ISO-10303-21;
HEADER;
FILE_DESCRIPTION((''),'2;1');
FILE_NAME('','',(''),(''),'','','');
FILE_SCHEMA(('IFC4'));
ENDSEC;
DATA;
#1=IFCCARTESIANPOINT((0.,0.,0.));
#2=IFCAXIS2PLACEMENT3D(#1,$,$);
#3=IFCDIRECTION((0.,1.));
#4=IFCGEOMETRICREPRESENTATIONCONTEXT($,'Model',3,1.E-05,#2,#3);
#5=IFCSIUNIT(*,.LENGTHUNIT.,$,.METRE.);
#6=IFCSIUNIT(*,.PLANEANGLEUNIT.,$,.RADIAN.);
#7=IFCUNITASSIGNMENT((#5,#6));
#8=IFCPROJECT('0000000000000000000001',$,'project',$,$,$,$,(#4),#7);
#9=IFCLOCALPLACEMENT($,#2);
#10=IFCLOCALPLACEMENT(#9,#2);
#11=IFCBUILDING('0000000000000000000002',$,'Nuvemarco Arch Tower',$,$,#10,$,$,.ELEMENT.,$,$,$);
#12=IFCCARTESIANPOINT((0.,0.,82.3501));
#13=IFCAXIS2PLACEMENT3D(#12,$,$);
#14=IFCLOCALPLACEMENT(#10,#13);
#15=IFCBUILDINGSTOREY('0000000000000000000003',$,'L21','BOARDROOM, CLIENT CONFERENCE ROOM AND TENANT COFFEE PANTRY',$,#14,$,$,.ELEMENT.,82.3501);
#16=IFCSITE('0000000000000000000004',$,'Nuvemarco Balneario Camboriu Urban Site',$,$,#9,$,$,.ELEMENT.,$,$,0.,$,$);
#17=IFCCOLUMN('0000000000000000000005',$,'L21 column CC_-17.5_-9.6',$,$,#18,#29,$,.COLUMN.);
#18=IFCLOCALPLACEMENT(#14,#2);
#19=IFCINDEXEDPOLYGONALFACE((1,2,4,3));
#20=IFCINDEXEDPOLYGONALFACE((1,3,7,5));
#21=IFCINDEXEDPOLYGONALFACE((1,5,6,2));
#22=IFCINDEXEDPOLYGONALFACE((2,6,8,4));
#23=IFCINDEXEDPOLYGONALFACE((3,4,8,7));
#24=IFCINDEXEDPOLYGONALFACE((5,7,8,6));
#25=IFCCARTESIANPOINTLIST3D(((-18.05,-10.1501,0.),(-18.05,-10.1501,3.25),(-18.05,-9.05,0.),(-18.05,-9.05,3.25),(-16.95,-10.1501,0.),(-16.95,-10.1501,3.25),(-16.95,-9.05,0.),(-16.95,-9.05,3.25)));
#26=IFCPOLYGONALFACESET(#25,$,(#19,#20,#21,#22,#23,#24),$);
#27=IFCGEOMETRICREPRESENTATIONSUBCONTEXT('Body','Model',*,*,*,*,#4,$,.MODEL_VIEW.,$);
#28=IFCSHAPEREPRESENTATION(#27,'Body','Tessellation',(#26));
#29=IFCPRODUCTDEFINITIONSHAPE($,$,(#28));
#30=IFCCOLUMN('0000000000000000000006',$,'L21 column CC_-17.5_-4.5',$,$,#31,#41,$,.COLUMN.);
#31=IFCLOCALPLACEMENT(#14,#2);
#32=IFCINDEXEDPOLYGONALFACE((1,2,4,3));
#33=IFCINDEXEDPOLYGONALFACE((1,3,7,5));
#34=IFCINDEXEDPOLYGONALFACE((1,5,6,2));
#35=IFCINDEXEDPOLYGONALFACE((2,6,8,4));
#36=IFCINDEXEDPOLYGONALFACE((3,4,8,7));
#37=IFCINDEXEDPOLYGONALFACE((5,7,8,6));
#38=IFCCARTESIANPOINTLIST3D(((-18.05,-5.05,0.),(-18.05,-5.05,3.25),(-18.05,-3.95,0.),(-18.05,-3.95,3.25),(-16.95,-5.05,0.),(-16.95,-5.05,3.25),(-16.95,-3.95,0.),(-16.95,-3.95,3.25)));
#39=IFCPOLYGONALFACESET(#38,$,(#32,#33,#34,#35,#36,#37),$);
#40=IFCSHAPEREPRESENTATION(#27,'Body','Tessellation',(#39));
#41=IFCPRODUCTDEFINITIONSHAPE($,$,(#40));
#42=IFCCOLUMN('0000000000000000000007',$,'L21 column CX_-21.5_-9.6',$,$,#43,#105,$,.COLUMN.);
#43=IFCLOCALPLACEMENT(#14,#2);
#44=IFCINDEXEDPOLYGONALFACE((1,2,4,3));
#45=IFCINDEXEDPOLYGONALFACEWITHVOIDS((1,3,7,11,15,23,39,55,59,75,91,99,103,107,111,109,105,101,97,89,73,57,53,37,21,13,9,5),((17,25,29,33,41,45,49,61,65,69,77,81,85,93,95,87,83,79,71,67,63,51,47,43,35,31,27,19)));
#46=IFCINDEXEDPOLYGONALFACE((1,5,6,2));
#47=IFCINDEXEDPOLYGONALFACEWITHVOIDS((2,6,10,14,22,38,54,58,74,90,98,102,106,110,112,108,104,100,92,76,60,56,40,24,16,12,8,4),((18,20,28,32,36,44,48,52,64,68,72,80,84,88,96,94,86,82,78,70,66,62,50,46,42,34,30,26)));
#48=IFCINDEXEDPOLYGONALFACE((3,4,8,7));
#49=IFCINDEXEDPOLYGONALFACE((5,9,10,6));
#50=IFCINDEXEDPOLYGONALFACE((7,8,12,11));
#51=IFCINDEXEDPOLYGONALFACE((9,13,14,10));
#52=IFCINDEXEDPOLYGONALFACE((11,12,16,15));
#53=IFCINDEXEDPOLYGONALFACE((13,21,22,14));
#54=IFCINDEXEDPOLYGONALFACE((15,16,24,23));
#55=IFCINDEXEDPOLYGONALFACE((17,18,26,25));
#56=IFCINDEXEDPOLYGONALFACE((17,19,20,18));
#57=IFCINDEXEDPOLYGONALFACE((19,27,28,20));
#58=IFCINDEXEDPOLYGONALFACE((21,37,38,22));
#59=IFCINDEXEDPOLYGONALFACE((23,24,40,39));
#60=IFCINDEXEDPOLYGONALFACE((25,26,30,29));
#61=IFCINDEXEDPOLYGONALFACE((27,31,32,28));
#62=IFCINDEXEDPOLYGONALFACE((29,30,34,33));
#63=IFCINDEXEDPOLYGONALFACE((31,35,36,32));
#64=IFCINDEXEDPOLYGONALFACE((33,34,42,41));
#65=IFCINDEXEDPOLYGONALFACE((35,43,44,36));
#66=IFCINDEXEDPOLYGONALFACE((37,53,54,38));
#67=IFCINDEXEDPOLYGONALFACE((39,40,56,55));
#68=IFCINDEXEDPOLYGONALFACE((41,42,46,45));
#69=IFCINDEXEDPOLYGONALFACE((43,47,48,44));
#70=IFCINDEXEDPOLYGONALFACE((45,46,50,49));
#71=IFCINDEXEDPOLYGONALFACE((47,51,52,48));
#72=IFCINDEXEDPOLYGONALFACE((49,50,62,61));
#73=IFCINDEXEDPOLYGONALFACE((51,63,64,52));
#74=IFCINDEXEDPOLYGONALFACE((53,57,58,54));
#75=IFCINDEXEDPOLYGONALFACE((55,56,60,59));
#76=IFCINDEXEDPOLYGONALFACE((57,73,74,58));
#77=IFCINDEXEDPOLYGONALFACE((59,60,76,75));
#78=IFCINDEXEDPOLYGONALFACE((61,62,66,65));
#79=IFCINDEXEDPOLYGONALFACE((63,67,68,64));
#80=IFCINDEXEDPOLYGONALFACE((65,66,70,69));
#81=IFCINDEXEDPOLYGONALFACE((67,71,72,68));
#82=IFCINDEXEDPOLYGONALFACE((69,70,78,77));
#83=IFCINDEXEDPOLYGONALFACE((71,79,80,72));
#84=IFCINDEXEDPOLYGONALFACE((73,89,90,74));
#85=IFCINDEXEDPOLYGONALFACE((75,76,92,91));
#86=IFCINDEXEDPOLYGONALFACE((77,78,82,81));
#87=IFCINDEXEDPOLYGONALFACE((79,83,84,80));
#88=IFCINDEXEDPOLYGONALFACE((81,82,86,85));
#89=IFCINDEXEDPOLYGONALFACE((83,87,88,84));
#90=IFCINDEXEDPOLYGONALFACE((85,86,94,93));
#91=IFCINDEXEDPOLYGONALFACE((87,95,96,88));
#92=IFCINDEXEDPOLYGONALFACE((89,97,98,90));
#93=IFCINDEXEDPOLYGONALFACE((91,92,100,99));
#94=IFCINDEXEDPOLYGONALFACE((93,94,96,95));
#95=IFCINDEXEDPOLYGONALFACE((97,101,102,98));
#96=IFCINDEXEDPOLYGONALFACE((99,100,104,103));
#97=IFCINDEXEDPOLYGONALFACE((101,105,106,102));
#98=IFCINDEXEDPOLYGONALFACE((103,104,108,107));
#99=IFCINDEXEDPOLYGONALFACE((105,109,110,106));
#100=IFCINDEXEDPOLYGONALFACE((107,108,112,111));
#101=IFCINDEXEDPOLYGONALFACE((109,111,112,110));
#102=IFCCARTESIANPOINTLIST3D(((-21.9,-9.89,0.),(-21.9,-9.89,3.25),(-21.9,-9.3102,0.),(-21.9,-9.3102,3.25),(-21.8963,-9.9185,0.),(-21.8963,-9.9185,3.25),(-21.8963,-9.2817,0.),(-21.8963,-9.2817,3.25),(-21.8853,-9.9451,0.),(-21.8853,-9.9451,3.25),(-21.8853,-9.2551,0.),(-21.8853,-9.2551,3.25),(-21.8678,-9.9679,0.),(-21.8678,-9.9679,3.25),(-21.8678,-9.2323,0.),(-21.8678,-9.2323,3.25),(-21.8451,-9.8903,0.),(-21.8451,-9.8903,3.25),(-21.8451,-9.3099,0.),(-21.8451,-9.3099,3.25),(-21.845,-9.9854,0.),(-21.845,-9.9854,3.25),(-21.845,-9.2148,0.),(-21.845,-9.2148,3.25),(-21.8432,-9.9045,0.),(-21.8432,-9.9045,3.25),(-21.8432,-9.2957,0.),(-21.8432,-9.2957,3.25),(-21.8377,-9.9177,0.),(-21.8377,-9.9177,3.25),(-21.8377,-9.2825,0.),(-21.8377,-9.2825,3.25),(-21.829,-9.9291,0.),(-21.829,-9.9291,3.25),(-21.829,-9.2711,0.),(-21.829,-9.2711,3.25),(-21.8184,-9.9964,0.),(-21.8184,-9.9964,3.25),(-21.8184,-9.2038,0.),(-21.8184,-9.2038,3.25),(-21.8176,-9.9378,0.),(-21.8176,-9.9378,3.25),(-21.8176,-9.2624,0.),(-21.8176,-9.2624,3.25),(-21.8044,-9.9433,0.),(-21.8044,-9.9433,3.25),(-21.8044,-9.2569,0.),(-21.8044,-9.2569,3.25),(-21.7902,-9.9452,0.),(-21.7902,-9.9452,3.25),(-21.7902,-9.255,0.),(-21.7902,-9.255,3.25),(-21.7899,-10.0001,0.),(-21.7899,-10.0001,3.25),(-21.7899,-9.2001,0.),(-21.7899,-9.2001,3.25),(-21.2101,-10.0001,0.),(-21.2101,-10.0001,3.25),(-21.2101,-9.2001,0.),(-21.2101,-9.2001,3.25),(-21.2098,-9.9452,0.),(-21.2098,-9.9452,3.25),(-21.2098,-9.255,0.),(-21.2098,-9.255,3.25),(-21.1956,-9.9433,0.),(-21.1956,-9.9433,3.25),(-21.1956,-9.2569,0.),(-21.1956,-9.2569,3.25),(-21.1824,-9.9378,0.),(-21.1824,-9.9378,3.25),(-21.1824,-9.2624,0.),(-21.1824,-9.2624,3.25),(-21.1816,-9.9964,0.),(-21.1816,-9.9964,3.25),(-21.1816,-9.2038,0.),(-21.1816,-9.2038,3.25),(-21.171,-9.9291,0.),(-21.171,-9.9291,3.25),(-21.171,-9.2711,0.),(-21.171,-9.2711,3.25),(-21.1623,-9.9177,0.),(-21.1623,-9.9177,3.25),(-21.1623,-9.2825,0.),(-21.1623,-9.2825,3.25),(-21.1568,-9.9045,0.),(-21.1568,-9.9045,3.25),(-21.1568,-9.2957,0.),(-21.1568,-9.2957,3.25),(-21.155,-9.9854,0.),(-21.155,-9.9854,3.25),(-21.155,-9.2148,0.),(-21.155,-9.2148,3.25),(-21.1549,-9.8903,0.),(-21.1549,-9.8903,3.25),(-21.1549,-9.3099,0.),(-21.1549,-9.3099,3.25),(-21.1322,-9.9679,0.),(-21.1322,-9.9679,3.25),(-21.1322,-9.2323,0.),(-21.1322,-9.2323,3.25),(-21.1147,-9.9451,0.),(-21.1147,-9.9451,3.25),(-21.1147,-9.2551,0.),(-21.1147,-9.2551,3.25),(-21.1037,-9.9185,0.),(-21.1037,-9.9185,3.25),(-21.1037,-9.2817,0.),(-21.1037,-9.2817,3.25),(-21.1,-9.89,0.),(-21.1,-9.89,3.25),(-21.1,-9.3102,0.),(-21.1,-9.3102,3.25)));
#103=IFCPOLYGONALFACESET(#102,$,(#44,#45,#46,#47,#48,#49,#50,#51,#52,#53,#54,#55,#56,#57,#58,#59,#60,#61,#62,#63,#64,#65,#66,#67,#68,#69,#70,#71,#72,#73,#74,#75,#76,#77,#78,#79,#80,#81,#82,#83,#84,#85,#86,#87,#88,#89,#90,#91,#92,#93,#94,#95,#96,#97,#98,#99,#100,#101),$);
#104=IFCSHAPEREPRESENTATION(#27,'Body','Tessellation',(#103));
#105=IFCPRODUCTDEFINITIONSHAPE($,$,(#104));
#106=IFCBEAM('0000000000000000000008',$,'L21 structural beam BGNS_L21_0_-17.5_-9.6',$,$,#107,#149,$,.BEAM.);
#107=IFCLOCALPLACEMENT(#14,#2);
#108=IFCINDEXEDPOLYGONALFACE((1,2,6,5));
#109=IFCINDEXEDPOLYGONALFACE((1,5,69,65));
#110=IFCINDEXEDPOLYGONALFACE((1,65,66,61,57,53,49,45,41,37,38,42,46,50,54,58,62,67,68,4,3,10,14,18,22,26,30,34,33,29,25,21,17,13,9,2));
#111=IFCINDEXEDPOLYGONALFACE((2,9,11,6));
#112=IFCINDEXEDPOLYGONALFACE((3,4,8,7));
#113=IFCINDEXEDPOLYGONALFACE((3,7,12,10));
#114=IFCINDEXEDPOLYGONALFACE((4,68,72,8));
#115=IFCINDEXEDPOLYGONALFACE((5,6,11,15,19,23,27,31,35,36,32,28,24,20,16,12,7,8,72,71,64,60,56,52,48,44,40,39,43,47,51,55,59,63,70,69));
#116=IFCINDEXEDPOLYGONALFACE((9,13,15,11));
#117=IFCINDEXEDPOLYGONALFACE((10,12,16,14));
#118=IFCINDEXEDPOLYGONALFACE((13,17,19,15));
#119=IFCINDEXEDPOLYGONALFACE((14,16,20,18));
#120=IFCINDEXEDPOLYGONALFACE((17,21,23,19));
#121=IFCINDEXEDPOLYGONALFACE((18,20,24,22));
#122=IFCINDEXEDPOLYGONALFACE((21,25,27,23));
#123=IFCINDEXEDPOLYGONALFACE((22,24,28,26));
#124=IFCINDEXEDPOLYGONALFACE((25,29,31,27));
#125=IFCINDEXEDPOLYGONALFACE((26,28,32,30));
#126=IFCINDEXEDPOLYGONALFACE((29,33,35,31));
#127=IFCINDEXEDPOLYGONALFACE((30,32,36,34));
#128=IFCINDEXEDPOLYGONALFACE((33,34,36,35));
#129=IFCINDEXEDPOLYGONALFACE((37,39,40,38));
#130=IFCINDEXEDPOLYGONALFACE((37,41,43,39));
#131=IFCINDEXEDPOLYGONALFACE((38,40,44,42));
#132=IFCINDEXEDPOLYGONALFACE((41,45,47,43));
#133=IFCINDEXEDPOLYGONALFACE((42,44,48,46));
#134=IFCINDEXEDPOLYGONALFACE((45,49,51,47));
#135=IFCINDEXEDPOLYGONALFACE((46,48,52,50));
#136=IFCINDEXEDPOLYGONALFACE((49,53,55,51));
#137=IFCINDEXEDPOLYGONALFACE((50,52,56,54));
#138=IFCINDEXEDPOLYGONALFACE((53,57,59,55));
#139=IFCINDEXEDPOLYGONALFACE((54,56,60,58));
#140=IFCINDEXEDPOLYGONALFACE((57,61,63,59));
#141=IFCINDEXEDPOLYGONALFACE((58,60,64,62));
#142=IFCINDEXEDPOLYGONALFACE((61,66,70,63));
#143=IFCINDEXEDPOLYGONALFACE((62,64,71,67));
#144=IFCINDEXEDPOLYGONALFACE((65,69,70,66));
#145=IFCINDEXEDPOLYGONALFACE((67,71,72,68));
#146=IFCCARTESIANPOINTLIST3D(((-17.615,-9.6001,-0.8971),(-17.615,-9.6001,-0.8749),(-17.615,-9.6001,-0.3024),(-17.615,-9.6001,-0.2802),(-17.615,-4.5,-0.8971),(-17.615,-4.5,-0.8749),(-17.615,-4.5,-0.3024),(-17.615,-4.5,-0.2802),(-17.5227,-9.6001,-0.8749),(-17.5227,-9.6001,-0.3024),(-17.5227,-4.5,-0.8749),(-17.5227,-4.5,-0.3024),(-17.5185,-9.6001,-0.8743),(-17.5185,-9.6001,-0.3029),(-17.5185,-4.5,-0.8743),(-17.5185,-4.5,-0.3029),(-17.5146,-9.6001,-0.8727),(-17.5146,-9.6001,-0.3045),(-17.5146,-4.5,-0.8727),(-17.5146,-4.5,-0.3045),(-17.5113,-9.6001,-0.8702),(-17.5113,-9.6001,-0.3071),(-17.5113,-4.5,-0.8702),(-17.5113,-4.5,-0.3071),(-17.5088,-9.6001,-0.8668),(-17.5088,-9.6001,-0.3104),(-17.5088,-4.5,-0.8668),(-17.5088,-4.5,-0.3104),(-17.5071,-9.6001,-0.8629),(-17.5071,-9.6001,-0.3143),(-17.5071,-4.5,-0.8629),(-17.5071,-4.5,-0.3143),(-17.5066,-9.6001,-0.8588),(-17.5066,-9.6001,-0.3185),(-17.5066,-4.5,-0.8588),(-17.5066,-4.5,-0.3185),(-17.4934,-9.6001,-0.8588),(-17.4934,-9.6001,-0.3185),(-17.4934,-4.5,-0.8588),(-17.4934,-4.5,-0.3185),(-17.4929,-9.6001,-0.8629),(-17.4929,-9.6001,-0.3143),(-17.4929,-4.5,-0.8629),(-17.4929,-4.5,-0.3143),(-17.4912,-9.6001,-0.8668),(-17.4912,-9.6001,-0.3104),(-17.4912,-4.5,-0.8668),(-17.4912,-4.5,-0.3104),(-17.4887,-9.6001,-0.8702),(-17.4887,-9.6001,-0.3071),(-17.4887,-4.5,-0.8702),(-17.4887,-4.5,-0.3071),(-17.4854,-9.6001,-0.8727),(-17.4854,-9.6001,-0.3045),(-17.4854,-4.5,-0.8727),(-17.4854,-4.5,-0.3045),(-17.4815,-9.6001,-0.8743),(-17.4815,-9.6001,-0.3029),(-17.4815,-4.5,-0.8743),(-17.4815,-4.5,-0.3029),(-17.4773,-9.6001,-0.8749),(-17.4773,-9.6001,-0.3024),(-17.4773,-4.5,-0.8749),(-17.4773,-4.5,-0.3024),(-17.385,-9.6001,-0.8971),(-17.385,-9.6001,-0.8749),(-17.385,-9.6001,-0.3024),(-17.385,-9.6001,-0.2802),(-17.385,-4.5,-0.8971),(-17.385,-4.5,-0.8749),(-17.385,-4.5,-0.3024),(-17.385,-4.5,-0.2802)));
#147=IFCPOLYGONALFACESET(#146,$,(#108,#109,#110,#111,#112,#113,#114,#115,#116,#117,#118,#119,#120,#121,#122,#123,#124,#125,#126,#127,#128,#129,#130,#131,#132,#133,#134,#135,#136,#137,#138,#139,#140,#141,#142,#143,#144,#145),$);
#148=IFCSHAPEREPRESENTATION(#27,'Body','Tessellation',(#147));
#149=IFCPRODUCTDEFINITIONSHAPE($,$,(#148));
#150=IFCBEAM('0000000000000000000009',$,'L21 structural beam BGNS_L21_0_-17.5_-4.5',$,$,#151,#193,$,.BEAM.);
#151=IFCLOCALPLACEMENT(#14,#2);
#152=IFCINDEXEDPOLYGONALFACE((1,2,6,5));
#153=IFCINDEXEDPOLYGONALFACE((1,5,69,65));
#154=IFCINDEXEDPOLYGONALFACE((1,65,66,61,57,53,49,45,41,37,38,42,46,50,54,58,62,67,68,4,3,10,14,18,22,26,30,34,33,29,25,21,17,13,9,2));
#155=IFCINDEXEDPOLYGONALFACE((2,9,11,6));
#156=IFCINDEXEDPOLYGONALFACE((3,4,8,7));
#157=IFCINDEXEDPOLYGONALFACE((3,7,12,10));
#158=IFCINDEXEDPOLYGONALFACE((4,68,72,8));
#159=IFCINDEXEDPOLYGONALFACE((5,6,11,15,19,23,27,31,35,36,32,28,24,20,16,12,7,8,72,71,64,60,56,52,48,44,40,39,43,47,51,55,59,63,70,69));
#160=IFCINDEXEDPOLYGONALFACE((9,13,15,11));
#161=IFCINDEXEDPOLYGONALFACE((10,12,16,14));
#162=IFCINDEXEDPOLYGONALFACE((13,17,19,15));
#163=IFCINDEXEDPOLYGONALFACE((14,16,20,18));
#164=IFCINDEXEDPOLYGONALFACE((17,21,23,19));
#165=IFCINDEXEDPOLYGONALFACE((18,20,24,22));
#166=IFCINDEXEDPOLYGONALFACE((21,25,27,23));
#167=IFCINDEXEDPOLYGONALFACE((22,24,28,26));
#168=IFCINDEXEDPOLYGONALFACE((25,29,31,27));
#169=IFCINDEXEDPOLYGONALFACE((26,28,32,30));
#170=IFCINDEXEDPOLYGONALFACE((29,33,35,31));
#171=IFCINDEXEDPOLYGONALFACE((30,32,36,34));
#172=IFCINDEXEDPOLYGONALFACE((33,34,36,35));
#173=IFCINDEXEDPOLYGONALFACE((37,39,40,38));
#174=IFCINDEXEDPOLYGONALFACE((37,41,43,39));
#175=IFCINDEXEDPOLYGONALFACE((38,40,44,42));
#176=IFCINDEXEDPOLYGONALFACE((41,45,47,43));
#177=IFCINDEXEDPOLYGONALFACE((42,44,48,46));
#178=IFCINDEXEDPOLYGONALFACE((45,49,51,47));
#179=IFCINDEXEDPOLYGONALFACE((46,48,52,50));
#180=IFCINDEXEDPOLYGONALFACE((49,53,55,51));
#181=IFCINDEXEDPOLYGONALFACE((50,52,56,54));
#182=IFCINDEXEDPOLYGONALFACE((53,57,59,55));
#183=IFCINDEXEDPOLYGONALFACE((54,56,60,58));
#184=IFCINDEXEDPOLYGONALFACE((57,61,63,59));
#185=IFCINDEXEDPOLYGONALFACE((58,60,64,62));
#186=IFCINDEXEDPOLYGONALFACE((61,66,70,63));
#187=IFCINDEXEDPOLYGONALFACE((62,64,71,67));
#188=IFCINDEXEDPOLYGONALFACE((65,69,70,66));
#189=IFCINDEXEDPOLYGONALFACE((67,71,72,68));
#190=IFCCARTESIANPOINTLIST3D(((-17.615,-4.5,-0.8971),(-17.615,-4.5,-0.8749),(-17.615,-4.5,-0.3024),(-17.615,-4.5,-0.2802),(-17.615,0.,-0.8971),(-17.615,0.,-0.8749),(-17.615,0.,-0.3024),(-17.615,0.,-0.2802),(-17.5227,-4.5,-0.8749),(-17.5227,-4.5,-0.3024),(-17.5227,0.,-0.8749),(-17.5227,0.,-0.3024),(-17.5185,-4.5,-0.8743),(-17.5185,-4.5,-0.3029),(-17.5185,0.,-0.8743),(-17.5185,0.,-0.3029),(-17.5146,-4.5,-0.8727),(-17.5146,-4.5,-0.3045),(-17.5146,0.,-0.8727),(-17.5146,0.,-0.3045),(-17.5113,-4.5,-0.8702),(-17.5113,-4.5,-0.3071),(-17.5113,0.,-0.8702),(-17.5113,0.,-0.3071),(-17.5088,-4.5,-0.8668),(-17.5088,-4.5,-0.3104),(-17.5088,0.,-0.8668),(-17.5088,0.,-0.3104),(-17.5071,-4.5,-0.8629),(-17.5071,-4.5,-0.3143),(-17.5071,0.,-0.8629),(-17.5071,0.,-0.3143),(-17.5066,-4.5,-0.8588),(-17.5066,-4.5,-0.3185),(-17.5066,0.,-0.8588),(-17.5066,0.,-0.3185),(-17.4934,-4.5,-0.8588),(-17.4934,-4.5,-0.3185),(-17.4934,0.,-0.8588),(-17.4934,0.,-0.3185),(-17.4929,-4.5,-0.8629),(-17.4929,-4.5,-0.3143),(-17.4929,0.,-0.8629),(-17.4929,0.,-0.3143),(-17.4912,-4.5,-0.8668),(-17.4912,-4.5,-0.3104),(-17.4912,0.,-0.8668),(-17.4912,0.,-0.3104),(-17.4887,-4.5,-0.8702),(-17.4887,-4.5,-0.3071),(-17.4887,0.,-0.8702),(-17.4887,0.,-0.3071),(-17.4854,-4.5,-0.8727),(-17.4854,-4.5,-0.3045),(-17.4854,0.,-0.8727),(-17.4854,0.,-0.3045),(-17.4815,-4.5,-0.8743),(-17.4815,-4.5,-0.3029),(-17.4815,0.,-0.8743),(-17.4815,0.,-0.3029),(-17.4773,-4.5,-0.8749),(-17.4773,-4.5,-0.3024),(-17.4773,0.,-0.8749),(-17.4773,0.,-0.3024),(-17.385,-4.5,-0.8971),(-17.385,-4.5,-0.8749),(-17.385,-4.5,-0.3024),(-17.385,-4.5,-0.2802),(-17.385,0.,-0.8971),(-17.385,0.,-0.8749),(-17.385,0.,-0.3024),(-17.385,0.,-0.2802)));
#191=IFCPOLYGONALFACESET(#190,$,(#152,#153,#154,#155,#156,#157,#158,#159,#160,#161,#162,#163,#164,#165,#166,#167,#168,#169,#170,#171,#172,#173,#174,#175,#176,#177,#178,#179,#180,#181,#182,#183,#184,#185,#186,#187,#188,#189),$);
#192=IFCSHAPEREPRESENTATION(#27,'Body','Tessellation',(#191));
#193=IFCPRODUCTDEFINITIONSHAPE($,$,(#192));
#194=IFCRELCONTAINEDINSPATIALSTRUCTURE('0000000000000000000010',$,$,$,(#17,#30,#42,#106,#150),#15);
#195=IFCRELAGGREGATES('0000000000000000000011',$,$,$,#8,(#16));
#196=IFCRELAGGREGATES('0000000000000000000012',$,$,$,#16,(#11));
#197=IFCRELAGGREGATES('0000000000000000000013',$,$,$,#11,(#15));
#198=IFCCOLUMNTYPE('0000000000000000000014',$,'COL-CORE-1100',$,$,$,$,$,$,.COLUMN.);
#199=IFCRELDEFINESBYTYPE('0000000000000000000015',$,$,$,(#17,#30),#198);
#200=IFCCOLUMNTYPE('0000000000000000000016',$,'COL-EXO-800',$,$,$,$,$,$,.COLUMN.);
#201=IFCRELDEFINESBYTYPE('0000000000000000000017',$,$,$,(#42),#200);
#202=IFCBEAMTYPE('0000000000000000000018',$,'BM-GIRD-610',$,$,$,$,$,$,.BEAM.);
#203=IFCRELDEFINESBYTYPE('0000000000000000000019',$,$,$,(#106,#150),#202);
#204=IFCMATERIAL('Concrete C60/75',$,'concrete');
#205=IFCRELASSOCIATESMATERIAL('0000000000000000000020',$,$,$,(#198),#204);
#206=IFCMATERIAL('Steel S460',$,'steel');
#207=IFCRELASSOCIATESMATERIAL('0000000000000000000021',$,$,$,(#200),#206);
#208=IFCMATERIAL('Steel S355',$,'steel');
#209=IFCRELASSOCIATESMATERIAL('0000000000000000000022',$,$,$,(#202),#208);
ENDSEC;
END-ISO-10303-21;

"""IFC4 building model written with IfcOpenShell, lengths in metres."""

from ifc_helpers import new_model, si_unit, direction, frame, origin, origin_2d, place, context, subcontext, project, spatial, rectangle, hollow_rectangle, i_section, extrude, material, material_profile, profile_set, type_object, element, save


model = new_model("IFC4")

# Units and contexts
model_context = context("Model", 3, precision=1e-05, world=origin(), true_north=direction((0.0, 1.0)))
body_context = subcontext(model_context, "Body", "Model", "MODEL_VIEW")
ifc_project = project(units=[si_unit("LENGTHUNIT", "METRE"), si_unit("PLANEANGLEUNIT", "RADIAN")], contexts=[model_context])

# Site, building, storey
site_placement = place(None, origin())
site = spatial("IfcSite", under=ifc_project, at=site_placement, Name="Nuvemarco Balneario Camboriu Urban Site", CompositionType="ELEMENT", RefElevation=0.0)
building_placement = place(site_placement, origin())
building = spatial("IfcBuilding", under=site, at=building_placement, Name="Nuvemarco Arch Tower", CompositionType="ELEMENT")
storey_placement = place(building_placement, frame((0.0, 0.0, 82.3501)))
storey = spatial("IfcBuildingStorey", under=building, at=storey_placement, Name="L21", Description="BOARDROOM, CLIENT CONFERENCE ROOM AND TENANT COFFEE PANTRY", CompositionType="ELEMENT", Elevation=82.3501)

# Columns
ifc_material_1 = material(Name="Concrete C60/75", Category="concrete")
ifc_material_profile_1 = material_profile(ifc_material_1, rectangle(XDim=1.1001, YDim=1.1001, at=origin_2d()), Name="RC-COL-1100x1100")
ifc_profile_set_1 = profile_set([ifc_material_profile_1], Name="Concrete C60/75")
column_type_1 = type_object("IfcColumnType", Name="COL-CORE-1100", PredefinedType="COLUMN", material=ifc_profile_set_1)
for number, where, z_axis, x_axis, name in (
    (1, (-17.5, -9.6001, 0.0), (0.0, 0.0, 1.0), (1.0, 0.0, 0.0), "L21 column CC_-17.5_-9.6"),
    (2, (-17.5, -4.5, 0.0), (0.0, 0.0, 1.0), (1.0, 0.0, 0.0), "L21 column CC_-17.5_-4.5"),
):
    element("IfcColumn", number, at=place(storey_placement, frame(where, z_axis=z_axis, x_axis=x_axis)), inside=storey, type_object=column_type_1, Name=name, PredefinedType="COLUMN", context=body_context, shape_type="SweptSolid", body=[
        extrude(rectangle(XDim=1.1001, YDim=1.1001, at=origin_2d()), origin(), (0.0, 0.0, 1.0), 3.25),
    ])
ifc_material_2 = material(Name="Steel S460", Category="steel")
ifc_material_profile_2 = material_profile(ifc_material_2, hollow_rectangle(XDim=0.8, YDim=0.8, WallThickness=0.0549, InnerFilletRadius=0.0549, OuterFilletRadius=0.1101, at=origin_2d()), Name="SHS800x800x55")
ifc_profile_set_2 = profile_set([ifc_material_profile_2], Name="Steel S460")
column_type_2 = type_object("IfcColumnType", Name="COL-EXO-800", PredefinedType="COLUMN", material=ifc_profile_set_2)
column_placement = place(storey_placement, frame((-21.5, -9.6001, 0.0), z_axis=(0.0, 0.0, 1.0), x_axis=(1.0, 0.0, 0.0)))
element("IfcColumn", 3, at=column_placement, inside=storey, type_object=column_type_2, Name="L21 column CX_-21.5_-9.6", PredefinedType="COLUMN", context=body_context, shape_type="SweptSolid", body=[
    extrude(hollow_rectangle(XDim=0.8, YDim=0.8, WallThickness=0.0549, InnerFilletRadius=0.0549, OuterFilletRadius=0.1101, at=origin_2d()), origin(), (0.0, 0.0, 1.0), 3.25),
])

# Beams
ifc_material_3 = material(Name="Steel S355", Category="steel")
ifc_material_profile_3 = material_profile(ifc_material_3, i_section(OverallWidth=0.23, OverallDepth=0.6169, WebThickness=0.0132, FlangeThickness=0.0222, FilletRadius=0.0161, at=origin_2d()), Name="W610x140")
ifc_profile_set_3 = profile_set([ifc_material_profile_3], Name="Steel S355")
beam_type_1 = type_object("IfcBeamType", Name="BM-GIRD-610", PredefinedType="BEAM", material=ifc_profile_set_3)
beam_1_placement = place(storey_placement, frame((-17.5, -9.6001, -0.5886), z_axis=(0.0, 1.0, 0.0), x_axis=(-1.0, 0.0, 0.0)))
element("IfcBeam", 4, at=beam_1_placement, inside=storey, type_object=beam_type_1, Name="L21 structural beam BGNS_L21_0_-17.5_-9.6", PredefinedType="BEAM", context=body_context, shape_type="SweptSolid", body=[
    extrude(i_section(OverallWidth=0.23, OverallDepth=0.6169, WebThickness=0.0132, FlangeThickness=0.0222, FilletRadius=0.0161, at=origin_2d()), origin(), (0.0, 0.0, 1.0), 5.1001),
])
beam_2_placement = place(storey_placement, frame((-17.5, -4.5, -0.5886), z_axis=(0.0, 1.0, 0.0), x_axis=(-1.0, 0.0, 0.0)))
element("IfcBeam", 5, at=beam_2_placement, inside=storey, type_object=beam_type_1, Name="L21 structural beam BGNS_L21_0_-17.5_-4.5", PredefinedType="BEAM", context=body_context, shape_type="SweptSolid", body=[
    extrude(i_section(OverallWidth=0.23, OverallDepth=0.6169, WebThickness=0.0132, FlangeThickness=0.0222, FilletRadius=0.0161, at=origin_2d()), origin(), (0.0, 0.0, 1.0), 4.5),
])

save(model, "model.ifc")
